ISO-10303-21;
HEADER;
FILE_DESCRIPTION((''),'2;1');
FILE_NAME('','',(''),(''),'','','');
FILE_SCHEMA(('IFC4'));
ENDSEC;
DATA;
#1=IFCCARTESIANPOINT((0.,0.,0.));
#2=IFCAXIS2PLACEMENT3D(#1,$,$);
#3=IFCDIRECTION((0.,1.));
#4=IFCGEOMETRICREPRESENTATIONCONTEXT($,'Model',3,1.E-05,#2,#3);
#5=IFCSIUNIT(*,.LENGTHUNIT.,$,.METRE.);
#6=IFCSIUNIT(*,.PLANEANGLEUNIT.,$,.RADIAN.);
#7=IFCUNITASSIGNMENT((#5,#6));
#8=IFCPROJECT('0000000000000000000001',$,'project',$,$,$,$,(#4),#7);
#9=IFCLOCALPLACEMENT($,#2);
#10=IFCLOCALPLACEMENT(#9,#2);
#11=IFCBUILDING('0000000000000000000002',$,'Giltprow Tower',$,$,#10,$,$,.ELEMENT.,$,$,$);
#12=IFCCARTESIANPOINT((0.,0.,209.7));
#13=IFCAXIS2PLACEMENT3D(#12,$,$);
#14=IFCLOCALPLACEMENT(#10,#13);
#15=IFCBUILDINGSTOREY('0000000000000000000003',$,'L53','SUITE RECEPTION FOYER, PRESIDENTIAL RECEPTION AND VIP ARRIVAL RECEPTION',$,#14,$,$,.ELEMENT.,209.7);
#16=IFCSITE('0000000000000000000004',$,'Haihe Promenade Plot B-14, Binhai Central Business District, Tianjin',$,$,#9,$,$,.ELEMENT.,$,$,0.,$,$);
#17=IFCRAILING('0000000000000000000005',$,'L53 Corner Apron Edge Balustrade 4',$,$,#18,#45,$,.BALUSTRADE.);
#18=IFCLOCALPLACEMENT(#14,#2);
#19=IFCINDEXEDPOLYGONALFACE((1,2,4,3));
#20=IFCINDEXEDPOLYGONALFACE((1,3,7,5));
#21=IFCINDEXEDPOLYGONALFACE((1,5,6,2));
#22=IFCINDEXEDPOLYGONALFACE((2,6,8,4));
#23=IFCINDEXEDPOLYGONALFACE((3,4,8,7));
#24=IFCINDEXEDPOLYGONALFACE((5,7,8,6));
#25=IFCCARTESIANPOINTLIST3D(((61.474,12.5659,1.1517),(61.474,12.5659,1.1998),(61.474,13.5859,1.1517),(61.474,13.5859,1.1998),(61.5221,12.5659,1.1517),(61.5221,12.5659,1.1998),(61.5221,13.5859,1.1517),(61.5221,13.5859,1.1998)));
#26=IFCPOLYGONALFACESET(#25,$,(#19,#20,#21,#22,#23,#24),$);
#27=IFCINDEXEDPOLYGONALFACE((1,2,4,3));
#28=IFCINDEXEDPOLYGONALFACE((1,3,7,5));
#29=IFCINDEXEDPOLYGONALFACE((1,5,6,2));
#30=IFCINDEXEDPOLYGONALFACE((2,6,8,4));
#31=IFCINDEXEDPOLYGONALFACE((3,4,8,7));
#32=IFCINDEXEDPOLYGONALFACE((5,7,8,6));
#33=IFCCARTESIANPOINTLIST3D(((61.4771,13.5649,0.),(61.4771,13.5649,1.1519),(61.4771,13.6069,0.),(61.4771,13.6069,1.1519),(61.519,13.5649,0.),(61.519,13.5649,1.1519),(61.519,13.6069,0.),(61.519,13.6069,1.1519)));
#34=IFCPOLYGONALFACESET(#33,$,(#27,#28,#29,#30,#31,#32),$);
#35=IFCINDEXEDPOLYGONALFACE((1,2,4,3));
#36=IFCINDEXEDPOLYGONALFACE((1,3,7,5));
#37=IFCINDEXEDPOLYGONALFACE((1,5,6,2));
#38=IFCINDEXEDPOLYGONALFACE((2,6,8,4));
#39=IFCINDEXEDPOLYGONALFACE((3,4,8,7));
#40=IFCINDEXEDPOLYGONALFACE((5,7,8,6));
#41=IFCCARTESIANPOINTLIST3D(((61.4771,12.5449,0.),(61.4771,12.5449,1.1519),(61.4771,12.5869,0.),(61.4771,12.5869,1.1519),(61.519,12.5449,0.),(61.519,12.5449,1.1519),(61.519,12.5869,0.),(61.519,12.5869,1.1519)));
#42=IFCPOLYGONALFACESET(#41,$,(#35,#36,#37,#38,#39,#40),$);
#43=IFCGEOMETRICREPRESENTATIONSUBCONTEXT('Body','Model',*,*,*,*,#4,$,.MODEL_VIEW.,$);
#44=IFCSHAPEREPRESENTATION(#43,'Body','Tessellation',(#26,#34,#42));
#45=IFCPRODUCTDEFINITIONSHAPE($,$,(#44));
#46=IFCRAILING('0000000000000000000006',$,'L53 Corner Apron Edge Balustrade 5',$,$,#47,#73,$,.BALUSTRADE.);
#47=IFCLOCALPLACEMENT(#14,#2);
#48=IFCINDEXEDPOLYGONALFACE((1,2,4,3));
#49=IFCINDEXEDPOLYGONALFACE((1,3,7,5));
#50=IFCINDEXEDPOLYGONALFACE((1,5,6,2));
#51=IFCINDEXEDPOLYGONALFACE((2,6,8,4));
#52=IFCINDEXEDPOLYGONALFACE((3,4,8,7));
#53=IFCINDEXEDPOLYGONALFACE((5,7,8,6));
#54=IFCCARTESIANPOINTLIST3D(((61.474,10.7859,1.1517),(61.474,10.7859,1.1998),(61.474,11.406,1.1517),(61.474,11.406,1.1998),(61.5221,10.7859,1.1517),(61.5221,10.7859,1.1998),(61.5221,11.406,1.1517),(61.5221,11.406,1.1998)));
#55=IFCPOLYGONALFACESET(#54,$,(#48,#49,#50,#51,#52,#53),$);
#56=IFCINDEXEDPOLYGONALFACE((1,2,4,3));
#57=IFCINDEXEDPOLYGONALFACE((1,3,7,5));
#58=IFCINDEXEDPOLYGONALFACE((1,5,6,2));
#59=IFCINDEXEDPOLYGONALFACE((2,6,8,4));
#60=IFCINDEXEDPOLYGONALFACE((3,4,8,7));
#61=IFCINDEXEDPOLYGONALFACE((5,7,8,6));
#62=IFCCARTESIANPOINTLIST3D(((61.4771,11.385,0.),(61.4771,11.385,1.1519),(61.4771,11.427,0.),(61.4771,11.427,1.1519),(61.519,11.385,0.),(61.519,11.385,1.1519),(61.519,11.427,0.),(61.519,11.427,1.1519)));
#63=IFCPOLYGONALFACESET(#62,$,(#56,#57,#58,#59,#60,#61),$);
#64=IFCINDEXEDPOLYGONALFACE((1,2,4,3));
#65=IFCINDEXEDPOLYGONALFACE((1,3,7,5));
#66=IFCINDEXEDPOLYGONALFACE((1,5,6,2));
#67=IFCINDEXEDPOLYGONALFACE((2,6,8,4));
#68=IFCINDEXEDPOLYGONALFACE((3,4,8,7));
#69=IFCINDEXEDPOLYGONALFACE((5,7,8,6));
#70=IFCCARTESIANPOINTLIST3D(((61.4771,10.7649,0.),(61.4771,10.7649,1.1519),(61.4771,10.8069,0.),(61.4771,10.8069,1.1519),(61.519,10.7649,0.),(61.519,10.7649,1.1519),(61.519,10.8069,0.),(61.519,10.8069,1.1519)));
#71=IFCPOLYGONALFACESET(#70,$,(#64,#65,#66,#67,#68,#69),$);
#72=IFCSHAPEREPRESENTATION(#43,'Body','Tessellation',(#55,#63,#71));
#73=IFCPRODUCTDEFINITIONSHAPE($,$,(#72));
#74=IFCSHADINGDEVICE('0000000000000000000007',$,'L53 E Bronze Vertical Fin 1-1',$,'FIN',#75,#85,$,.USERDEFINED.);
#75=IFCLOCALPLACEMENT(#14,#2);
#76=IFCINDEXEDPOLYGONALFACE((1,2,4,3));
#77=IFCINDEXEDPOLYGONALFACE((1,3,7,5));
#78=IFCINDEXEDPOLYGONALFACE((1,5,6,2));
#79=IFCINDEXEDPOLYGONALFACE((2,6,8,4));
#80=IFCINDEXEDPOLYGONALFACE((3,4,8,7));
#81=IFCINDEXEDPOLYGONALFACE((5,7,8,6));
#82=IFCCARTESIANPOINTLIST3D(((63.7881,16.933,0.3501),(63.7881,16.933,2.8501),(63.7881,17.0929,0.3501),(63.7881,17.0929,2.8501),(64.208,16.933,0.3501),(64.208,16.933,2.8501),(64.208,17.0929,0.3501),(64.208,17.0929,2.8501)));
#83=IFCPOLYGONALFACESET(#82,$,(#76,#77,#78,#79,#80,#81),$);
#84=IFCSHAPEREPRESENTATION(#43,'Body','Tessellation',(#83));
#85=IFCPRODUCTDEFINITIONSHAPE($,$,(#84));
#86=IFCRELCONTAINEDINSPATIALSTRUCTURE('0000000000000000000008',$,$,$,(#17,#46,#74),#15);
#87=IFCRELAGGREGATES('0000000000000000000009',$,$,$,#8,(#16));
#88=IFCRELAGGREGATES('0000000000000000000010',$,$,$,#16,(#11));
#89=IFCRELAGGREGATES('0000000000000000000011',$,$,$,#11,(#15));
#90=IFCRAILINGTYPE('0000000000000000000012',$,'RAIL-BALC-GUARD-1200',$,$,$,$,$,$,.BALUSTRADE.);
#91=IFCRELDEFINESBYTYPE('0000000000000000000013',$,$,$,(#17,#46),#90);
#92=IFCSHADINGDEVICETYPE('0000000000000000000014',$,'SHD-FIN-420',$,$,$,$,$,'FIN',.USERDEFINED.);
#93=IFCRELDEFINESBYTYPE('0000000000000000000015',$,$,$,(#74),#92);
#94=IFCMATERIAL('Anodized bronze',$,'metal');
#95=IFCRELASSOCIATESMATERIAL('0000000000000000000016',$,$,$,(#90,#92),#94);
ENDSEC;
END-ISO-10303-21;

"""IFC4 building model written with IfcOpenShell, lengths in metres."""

from ifc_helpers import new_model, si_unit, direction, frame, origin, origin_2d, place, context, subcontext, project, spatial, rectangle, extrude, source, transform, mapped, material, type_object, element, save


model = new_model("IFC4")

# Units and contexts
model_context = context("Model", 3, precision=1e-05, world=origin(), true_north=direction((0.0, 1.0)))
body_context = subcontext(model_context, "Body", "Model", "MODEL_VIEW")
ifc_project = project(units=[si_unit("LENGTHUNIT", "METRE"), si_unit("PLANEANGLEUNIT", "RADIAN")], contexts=[model_context])

# Site, building, storey
site_placement = place(None, origin())
site = spatial("IfcSite", under=ifc_project, at=site_placement, Name="Haihe Promenade Plot B-14, Binhai Central Business District, Tianjin", CompositionType="ELEMENT", RefElevation=0.0)
building_placement = place(site_placement, origin())
building = spatial("IfcBuilding", under=site, at=building_placement, Name="Giltprow Tower", CompositionType="ELEMENT")
storey_placement = place(building_placement, frame((0.0, 0.0, 209.7)))
storey = spatial("IfcBuildingStorey", under=building, at=storey_placement, Name="L53", Description="SUITE RECEPTION FOYER, PRESIDENTIAL RECEPTION AND VIP ARRIVAL RECEPTION", CompositionType="ELEMENT", Elevation=209.7)

# Shared definitions
ifc_material_1 = material(Name="Anodized bronze", Category="metal")

# Railings
railing_type = type_object("IfcRailingType", Name="RAIL-BALC-GUARD-1200", PredefinedType="BALUSTRADE", material=ifc_material_1)
railing_1_placement = place(storey_placement, frame((61.498, 13.5859, 0.0)))
element("IfcRailing", 1, at=railing_1_placement, inside=storey, type_object=railing_type, Name="L53 Corner Apron Edge Balustrade 4", PredefinedType="BALUSTRADE", context=body_context, shape_type="SweptSolid", body=[
    extrude(rectangle(XDim=0.0481, YDim=0.0481, at=origin_2d()), frame((0.0, 0.0, 1.1758), z_axis=(0.0, -1.0, 0.0), x_axis=(1.0, 0.0, 0.0)), (0.0, 0.0, 1.0), 1.02),
    extrude(rectangle(XDim=0.042, YDim=0.042, at=origin_2d()), origin(), (0.0, 0.0, 1.0), 1.1519),
    extrude(rectangle(XDim=0.042, YDim=0.042, at=origin_2d()), frame((0.0, -1.02, 0.0)), (0.0, 0.0, 1.0), 1.1519),
])
railing_2_placement = place(storey_placement, frame((61.498, 11.406, 0.0)))
element("IfcRailing", 2, at=railing_2_placement, inside=storey, type_object=railing_type, Name="L53 Corner Apron Edge Balustrade 5", PredefinedType="BALUSTRADE", context=body_context, shape_type="SweptSolid", body=[
    extrude(rectangle(XDim=0.0481, YDim=0.0481, at=origin_2d()), frame((0.0, 0.0, 1.1758), z_axis=(0.0, -1.0, 0.0), x_axis=(1.0, 0.0, 0.0)), (0.0, 0.0, 1.0), 0.6201),
    extrude(rectangle(XDim=0.042, YDim=0.042, at=origin_2d()), origin(), (0.0, 0.0, 1.0), 1.1519),
    extrude(rectangle(XDim=0.042, YDim=0.042, at=origin_2d()), frame((0.0, -0.6201, 0.0)), (0.0, 0.0, 1.0), 1.1519),
])

# Shading device
shading_device_type = type_object("IfcShadingDeviceType", Name="SHD-FIN-420", ElementType="FIN", PredefinedType="USERDEFINED", material=ifc_material_1)
shared_shape_1 = source(origin(), body_context, "Body", "SweptSolid", [
    extrude(rectangle(XDim=0.4199, YDim=0.1599, at=origin_2d()), origin(), (0.0, 0.0, 1.0), 2.5),
])
shading_device_placement = place(storey_placement, frame((63.998, 17.0129, 0.3501), z_axis=(0.0, 0.0, 1.0), x_axis=(1.0, 0.0, 0.0)))
element("IfcShadingDevice", 3, at=shading_device_placement, inside=storey, type_object=shading_device_type, Name="L53 E Bronze Vertical Fin 1-1", ObjectType="FIN", PredefinedType="USERDEFINED", context=body_context, shape_type="MappedRepresentation", body=[
    mapped(shared_shape_1, transform((0.0, 0.0, 0.0), x_axis=(1.0, 0.0, 0.0), y_axis=(0.0, 1.0, 0.0), z_axis=(0.0, 0.0, 1.0), scale=1.0)),
])

save(model, "model.ifc")
